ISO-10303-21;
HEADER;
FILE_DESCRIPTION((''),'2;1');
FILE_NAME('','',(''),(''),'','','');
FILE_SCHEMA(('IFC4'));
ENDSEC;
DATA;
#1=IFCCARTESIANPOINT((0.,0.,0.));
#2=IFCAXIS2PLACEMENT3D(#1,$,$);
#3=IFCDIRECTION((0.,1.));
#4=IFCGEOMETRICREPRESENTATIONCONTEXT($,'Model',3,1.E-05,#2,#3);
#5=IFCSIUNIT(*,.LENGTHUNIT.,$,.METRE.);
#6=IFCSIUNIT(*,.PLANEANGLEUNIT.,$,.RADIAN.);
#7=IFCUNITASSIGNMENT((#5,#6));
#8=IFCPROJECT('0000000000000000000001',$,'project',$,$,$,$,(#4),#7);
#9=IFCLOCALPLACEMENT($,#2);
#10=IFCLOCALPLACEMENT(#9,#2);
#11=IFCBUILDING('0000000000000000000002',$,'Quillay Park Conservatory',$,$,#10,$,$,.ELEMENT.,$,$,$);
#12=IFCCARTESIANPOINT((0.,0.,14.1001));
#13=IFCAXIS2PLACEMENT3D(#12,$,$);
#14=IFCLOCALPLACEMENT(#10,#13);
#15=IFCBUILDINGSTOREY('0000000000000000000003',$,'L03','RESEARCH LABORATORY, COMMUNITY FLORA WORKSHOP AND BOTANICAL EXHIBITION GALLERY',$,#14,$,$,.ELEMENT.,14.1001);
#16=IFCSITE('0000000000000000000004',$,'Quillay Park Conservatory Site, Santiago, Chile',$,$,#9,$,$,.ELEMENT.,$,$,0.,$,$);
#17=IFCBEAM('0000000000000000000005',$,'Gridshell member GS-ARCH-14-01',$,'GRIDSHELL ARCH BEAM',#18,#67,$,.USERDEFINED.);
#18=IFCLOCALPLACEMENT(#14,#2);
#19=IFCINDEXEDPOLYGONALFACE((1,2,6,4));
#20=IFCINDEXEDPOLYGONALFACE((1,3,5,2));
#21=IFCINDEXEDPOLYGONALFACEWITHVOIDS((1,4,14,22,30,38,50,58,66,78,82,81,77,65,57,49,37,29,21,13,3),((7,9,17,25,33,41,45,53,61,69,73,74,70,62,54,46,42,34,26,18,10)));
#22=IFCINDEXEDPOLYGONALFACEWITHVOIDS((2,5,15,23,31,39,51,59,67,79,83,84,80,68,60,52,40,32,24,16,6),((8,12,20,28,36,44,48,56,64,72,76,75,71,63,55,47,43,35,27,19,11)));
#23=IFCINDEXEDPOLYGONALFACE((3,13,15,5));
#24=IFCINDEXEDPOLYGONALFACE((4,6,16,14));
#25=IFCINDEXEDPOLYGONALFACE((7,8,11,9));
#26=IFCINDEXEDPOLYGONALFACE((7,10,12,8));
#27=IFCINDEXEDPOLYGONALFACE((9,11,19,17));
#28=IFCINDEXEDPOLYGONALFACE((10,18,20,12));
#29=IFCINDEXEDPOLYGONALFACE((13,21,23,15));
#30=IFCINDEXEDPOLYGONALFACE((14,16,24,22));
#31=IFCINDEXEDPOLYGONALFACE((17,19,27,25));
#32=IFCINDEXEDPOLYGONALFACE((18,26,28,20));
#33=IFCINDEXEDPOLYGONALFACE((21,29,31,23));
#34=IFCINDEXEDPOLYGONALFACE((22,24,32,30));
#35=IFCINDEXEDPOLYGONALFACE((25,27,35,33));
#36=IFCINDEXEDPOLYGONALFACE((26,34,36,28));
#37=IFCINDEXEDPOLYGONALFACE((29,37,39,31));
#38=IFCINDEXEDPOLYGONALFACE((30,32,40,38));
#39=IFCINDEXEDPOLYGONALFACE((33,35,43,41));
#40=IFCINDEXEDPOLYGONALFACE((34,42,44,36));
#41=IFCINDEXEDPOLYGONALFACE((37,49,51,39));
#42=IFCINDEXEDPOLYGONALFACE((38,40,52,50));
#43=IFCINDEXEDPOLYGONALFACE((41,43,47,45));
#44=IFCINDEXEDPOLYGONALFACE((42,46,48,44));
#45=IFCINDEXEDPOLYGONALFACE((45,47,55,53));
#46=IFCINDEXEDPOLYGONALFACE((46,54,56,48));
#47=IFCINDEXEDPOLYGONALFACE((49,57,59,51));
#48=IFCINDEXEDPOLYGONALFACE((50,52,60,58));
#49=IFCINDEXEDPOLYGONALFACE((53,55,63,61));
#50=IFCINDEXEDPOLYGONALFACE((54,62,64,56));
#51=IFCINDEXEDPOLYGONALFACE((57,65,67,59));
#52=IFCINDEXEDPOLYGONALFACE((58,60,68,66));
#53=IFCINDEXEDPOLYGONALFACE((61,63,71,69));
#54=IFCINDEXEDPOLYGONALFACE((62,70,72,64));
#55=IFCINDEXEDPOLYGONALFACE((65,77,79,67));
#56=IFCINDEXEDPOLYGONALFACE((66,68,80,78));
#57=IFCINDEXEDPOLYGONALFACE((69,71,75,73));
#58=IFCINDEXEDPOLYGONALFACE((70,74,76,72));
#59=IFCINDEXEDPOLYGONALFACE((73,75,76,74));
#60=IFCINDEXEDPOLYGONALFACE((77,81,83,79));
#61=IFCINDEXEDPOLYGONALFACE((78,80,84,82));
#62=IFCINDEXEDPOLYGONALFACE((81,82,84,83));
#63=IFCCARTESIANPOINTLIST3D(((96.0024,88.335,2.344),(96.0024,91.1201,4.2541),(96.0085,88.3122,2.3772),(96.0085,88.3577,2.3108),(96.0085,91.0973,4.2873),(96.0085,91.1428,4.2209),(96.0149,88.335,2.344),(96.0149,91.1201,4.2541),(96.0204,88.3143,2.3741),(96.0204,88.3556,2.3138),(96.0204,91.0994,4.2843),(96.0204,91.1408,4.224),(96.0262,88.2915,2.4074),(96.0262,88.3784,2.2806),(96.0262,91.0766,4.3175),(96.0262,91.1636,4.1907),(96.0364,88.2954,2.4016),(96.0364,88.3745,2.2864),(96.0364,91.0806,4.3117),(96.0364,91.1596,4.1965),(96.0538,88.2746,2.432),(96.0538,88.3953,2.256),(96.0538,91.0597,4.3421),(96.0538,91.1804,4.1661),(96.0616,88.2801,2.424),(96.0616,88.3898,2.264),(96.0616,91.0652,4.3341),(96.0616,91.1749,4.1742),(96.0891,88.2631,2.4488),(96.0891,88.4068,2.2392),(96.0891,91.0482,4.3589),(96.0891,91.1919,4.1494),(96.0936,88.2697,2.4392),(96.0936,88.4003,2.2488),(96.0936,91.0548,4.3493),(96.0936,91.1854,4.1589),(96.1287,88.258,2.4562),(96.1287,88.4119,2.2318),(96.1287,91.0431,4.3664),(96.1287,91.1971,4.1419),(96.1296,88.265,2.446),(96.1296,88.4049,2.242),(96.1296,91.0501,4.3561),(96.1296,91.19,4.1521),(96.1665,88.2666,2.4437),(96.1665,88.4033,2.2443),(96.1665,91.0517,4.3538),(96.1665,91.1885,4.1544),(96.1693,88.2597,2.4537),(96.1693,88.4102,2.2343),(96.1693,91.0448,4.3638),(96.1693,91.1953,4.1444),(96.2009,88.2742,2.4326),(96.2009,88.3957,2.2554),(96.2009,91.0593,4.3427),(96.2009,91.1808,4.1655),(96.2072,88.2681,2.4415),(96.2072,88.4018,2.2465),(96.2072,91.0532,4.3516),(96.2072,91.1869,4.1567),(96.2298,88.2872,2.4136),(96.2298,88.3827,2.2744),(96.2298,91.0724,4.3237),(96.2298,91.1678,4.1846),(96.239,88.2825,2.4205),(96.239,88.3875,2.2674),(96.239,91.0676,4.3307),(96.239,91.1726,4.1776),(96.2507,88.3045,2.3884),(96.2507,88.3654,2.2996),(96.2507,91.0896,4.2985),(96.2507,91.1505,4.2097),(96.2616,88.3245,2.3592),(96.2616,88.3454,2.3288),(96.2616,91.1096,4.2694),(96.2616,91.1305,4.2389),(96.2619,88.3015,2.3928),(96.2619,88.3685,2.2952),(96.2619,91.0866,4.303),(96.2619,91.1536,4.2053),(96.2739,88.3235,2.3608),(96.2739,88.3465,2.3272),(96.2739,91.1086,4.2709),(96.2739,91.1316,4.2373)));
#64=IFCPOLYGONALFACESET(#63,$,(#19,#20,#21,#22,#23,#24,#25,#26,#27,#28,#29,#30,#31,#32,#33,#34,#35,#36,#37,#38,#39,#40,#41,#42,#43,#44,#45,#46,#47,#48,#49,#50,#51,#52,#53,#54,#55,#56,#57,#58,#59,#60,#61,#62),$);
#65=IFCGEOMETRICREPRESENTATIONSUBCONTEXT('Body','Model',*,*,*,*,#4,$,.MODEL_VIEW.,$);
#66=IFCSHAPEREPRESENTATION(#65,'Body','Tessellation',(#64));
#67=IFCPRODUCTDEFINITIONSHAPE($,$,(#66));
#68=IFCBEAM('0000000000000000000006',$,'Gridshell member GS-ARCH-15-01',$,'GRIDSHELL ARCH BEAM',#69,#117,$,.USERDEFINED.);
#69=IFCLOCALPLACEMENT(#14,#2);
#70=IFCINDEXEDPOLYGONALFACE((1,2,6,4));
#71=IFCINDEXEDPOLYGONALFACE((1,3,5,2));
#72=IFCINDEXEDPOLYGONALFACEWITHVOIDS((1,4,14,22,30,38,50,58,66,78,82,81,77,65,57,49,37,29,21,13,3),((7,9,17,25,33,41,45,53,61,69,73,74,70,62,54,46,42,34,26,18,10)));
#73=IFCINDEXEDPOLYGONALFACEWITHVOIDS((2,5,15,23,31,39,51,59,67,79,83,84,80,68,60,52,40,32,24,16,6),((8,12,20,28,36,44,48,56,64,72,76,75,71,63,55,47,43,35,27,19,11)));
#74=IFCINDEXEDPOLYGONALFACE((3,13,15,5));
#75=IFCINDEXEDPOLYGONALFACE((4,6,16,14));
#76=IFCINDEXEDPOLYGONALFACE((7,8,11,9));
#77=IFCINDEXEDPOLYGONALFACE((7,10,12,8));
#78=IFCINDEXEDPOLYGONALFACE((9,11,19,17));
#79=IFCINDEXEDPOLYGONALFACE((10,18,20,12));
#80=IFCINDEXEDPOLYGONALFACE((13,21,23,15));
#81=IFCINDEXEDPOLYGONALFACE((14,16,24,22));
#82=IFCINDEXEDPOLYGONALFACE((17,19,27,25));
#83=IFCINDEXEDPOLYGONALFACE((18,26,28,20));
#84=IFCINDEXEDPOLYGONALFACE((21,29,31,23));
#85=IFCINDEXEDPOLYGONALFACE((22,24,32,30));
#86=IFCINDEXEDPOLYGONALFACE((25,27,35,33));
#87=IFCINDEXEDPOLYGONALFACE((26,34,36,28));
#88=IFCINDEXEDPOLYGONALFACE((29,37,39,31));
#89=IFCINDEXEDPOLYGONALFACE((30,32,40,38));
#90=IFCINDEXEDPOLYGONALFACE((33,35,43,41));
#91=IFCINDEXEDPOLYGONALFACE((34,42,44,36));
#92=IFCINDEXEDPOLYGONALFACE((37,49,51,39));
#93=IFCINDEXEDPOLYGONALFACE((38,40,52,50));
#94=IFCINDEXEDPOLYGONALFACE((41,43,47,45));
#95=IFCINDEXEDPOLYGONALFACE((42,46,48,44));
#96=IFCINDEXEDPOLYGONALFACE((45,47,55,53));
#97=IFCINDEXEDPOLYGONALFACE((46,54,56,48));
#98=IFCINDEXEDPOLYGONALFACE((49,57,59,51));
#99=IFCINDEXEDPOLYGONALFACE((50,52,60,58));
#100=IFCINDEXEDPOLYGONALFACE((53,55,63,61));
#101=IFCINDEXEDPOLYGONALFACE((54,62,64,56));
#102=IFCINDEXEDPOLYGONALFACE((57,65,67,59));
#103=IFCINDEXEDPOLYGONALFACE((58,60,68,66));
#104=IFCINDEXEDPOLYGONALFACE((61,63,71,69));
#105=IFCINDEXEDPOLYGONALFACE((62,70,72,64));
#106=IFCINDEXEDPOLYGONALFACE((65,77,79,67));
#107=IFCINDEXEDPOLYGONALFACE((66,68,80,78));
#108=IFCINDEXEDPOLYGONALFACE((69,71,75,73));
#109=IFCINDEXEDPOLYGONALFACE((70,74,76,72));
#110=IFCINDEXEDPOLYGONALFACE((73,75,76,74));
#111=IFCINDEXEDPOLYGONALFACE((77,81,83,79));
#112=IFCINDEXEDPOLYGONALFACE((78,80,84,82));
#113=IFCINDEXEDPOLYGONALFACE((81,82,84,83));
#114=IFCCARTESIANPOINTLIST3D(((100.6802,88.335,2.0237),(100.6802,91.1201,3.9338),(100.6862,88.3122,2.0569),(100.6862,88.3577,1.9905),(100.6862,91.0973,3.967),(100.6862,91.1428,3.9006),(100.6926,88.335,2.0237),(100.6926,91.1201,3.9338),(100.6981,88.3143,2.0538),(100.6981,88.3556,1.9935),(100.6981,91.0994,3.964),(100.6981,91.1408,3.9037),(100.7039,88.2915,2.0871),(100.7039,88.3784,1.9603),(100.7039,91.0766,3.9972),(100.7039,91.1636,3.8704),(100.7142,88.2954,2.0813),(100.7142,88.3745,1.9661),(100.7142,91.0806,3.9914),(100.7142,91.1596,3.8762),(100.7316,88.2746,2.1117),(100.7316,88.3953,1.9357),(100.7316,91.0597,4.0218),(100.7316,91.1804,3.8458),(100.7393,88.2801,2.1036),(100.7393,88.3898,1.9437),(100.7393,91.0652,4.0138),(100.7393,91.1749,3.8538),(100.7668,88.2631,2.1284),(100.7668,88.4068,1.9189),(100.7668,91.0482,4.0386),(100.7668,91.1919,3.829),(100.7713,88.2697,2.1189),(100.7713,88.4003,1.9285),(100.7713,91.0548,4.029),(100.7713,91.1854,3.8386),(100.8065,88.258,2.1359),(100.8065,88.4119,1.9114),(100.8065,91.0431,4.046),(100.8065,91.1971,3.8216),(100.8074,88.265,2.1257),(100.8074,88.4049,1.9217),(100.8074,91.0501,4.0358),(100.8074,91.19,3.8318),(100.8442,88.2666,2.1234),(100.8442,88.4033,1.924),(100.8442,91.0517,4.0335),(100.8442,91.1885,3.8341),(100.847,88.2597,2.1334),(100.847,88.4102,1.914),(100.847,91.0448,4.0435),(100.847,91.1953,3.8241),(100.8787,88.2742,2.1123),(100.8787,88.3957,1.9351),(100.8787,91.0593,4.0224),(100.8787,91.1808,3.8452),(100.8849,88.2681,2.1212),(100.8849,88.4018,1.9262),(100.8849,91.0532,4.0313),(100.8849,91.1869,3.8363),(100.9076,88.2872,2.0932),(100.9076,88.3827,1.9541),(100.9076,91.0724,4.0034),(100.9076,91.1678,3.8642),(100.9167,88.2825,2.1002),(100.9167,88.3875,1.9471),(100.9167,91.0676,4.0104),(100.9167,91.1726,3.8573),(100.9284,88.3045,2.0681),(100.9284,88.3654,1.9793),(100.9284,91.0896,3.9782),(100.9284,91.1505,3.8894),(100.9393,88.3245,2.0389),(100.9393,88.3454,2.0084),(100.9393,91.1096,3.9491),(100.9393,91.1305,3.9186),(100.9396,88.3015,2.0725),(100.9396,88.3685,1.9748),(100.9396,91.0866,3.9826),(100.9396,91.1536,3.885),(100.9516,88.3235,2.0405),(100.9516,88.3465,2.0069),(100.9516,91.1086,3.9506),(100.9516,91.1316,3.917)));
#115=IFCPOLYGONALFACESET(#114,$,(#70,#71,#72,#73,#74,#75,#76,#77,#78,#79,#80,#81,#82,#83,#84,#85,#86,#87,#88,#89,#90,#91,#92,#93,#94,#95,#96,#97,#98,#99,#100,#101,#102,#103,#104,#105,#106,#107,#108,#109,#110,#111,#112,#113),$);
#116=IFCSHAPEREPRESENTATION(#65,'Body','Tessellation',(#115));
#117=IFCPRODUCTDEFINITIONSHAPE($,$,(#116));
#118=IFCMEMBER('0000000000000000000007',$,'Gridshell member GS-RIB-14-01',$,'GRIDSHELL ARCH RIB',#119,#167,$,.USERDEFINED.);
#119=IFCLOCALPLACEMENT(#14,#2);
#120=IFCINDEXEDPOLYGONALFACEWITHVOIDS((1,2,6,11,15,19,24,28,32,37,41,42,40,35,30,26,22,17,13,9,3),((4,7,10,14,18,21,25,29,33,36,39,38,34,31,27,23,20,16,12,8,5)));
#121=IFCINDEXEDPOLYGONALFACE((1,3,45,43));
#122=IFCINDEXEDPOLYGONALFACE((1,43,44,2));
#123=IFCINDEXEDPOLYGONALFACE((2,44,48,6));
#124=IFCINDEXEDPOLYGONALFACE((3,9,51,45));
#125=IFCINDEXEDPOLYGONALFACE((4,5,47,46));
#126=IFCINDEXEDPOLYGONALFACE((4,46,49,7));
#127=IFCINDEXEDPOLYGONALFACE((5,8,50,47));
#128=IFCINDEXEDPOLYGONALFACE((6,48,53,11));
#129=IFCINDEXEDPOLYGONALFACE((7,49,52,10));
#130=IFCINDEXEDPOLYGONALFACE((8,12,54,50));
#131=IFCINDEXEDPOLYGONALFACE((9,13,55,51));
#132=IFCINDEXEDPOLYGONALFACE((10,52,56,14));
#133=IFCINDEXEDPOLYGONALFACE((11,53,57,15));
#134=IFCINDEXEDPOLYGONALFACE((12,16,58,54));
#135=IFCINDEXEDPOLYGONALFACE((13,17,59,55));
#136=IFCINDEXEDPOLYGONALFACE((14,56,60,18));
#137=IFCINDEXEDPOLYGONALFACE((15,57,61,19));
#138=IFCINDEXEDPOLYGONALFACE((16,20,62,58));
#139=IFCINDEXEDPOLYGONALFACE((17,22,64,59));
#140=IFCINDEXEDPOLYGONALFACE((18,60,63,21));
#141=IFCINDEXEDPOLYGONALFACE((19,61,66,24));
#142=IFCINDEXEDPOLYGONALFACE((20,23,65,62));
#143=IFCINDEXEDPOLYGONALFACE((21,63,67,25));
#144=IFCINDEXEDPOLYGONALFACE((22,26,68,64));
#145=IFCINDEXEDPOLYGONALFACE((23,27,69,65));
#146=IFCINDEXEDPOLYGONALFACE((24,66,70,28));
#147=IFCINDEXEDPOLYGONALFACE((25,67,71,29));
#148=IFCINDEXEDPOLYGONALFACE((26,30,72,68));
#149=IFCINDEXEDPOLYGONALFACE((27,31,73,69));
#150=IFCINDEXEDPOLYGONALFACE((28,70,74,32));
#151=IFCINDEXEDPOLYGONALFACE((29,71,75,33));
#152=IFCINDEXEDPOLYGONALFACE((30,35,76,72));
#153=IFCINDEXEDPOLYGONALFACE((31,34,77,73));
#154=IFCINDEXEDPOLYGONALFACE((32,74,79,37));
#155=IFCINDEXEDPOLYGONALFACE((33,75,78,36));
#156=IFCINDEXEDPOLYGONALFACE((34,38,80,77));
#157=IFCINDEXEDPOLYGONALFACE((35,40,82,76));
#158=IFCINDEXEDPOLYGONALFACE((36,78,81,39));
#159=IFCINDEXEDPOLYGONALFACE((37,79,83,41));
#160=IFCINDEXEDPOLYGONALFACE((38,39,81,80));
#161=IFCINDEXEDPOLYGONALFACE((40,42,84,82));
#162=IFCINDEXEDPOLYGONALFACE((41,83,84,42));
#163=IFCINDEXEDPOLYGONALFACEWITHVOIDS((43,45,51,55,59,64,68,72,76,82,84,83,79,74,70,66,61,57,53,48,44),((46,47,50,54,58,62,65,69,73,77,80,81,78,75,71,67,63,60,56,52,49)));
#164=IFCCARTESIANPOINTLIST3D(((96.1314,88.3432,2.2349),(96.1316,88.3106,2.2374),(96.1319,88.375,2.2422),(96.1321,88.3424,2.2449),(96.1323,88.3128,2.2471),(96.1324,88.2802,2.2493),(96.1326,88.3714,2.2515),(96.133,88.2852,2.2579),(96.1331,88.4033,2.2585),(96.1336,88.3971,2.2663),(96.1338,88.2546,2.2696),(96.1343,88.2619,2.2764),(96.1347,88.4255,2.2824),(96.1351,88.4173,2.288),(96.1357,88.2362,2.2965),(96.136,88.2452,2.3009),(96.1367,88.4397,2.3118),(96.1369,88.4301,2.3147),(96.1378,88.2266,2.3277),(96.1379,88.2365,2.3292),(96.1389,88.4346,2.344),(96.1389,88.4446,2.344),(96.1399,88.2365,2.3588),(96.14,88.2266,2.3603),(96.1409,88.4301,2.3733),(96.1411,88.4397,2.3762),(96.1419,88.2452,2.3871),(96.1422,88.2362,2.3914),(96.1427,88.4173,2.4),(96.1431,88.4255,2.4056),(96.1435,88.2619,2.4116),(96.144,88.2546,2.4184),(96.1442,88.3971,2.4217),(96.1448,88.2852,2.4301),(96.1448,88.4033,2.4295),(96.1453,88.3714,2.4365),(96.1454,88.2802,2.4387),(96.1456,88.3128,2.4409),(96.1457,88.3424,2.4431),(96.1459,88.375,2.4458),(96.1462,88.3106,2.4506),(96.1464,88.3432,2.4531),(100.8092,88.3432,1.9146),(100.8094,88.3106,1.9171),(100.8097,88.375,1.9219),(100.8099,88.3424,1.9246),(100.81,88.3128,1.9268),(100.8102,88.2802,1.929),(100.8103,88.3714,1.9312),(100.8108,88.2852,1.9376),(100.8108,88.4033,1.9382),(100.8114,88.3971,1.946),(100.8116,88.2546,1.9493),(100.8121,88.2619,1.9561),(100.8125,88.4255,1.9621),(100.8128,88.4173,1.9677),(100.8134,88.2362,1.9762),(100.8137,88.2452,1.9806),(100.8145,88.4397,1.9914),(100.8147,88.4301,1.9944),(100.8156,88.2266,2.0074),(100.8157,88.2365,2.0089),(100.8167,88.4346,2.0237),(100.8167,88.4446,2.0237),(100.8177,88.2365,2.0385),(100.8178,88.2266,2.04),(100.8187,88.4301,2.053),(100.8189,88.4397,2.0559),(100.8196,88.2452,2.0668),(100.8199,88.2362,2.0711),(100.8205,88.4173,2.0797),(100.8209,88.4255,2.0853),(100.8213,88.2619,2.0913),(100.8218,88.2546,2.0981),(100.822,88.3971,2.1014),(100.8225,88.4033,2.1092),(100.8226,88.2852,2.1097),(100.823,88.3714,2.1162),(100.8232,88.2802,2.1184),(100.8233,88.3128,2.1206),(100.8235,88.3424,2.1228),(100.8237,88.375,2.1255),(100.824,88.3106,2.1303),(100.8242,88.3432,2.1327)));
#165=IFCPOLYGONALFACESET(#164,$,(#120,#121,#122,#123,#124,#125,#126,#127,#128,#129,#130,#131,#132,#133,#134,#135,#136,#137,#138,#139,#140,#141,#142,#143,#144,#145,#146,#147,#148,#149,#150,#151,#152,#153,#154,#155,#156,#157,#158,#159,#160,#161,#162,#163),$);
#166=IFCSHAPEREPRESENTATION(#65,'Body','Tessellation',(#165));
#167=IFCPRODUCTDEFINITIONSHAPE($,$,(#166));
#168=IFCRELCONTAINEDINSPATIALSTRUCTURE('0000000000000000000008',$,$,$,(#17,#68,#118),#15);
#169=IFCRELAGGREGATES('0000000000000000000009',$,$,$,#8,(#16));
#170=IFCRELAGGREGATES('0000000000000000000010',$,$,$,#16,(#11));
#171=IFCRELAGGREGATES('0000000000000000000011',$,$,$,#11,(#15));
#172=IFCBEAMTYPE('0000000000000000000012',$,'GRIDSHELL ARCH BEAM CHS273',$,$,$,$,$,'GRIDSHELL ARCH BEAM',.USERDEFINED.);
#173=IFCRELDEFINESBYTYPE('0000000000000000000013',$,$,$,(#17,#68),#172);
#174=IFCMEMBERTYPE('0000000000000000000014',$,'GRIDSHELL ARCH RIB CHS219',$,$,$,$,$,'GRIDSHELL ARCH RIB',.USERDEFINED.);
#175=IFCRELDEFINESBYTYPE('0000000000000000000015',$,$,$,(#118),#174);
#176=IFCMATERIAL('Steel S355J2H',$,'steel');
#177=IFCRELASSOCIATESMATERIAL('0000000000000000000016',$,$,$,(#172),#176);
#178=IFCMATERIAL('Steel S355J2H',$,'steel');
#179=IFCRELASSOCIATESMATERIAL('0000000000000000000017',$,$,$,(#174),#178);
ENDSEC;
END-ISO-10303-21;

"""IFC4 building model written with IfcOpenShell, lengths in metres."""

from ifc_helpers import new_model, si_unit, direction, frame, origin, origin_2d, place, context, subcontext, project, spatial, hollow_circle, extrude, material, material_profile, profile_set, type_object, element, save


model = new_model("IFC4")

# Units and contexts
model_context = context("Model", 3, precision=1e-05, world=origin(), true_north=direction((0.0, 1.0)))
body_context = subcontext(model_context, "Body", "Model", "MODEL_VIEW")
ifc_project = project(units=[si_unit("LENGTHUNIT", "METRE"), si_unit("PLANEANGLEUNIT", "RADIAN")], contexts=[model_context])

# Site, building, storey
site_placement = place(None, origin())
site = spatial("IfcSite", under=ifc_project, at=site_placement, Name="Quillay Park Conservatory Site, Santiago, Chile", CompositionType="ELEMENT", RefElevation=0.0)
building_placement = place(site_placement, origin())
building = spatial("IfcBuilding", under=site, at=building_placement, Name="Quillay Park Conservatory", CompositionType="ELEMENT")
storey_placement = place(building_placement, frame((0.0, 0.0, 14.1001)))
storey = spatial("IfcBuildingStorey", under=building, at=storey_placement, Name="L03", Description="RESEARCH LABORATORY, COMMUNITY FLORA WORKSHOP AND BOTANICAL EXHIBITION GALLERY", CompositionType="ELEMENT", Elevation=14.1001)

# Beams
ifc_material_1 = material(Name="Steel S355J2H", Category="steel")
ifc_material_profile_1 = material_profile(ifc_material_1, hollow_circle(Radius=0.1365, WallThickness=0.0125, at=origin_2d()), Name="CHS273x12.5")
ifc_profile_set_1 = profile_set([ifc_material_profile_1], Name="Steel S355J2H")
beam_type = type_object("IfcBeamType", Name="GRIDSHELL ARCH BEAM CHS273", ElementType="GRIDSHELL ARCH BEAM", PredefinedType="USERDEFINED", material=ifc_profile_set_1)
for number, where, z_axis, x_axis, name in (
    (1, (96.1389, 88.335, 2.344), (0.0, 0.824683, 0.565596), (-1.0, 0.0, 0.0), "Gridshell member GS-ARCH-14-01"),
    (2, (100.8167, 88.335, 2.0237), (0.0, 0.824683, 0.565596), (-1.0, 0.0, 0.0), "Gridshell member GS-ARCH-15-01"),
):
    element("IfcBeam", number, at=place(storey_placement, frame(where, z_axis=z_axis, x_axis=x_axis)), inside=storey, type_object=beam_type, Name=name, ObjectType="GRIDSHELL ARCH BEAM", PredefinedType="USERDEFINED", context=body_context, shape_type="SweptSolid", body=[
        extrude(hollow_circle(Radius=0.1365, WallThickness=0.0125, at=origin_2d()), origin(), (0.0, 0.0, 1.0), 3.3772),
    ])

# Member
ifc_material_2 = material(Name="Steel S355J2H", Category="steel")
ifc_material_profile_2 = material_profile(ifc_material_2, hollow_circle(Radius=0.1096, WallThickness=0.01, at=origin_2d()), Name="CHS219.1x10")
ifc_profile_set_2 = profile_set([ifc_material_profile_2], Name="Steel S355J2H")
member_type = type_object("IfcMemberType", Name="GRIDSHELL ARCH RIB CHS219", ElementType="GRIDSHELL ARCH RIB", PredefinedType="USERDEFINED", material=ifc_profile_set_2)
for number, where, z_axis, x_axis, name in (
    (3, (96.1389, 88.335, 2.344), (0.997664, 0.0, -0.068316), (0.0, 1.0, 0.0), "Gridshell member GS-RIB-14-01"),
):
    element("IfcMember", number, at=place(storey_placement, frame(where, z_axis=z_axis, x_axis=x_axis)), inside=storey, type_object=member_type, Name=name, ObjectType="GRIDSHELL ARCH RIB", PredefinedType="USERDEFINED", context=body_context, shape_type="SweptSolid", body=[
        extrude(hollow_circle(Radius=0.1096, WallThickness=0.01, at=origin_2d()), origin(), (0.0, 0.0, 1.0), 4.6887),
    ])

save(model, "model.ifc")
